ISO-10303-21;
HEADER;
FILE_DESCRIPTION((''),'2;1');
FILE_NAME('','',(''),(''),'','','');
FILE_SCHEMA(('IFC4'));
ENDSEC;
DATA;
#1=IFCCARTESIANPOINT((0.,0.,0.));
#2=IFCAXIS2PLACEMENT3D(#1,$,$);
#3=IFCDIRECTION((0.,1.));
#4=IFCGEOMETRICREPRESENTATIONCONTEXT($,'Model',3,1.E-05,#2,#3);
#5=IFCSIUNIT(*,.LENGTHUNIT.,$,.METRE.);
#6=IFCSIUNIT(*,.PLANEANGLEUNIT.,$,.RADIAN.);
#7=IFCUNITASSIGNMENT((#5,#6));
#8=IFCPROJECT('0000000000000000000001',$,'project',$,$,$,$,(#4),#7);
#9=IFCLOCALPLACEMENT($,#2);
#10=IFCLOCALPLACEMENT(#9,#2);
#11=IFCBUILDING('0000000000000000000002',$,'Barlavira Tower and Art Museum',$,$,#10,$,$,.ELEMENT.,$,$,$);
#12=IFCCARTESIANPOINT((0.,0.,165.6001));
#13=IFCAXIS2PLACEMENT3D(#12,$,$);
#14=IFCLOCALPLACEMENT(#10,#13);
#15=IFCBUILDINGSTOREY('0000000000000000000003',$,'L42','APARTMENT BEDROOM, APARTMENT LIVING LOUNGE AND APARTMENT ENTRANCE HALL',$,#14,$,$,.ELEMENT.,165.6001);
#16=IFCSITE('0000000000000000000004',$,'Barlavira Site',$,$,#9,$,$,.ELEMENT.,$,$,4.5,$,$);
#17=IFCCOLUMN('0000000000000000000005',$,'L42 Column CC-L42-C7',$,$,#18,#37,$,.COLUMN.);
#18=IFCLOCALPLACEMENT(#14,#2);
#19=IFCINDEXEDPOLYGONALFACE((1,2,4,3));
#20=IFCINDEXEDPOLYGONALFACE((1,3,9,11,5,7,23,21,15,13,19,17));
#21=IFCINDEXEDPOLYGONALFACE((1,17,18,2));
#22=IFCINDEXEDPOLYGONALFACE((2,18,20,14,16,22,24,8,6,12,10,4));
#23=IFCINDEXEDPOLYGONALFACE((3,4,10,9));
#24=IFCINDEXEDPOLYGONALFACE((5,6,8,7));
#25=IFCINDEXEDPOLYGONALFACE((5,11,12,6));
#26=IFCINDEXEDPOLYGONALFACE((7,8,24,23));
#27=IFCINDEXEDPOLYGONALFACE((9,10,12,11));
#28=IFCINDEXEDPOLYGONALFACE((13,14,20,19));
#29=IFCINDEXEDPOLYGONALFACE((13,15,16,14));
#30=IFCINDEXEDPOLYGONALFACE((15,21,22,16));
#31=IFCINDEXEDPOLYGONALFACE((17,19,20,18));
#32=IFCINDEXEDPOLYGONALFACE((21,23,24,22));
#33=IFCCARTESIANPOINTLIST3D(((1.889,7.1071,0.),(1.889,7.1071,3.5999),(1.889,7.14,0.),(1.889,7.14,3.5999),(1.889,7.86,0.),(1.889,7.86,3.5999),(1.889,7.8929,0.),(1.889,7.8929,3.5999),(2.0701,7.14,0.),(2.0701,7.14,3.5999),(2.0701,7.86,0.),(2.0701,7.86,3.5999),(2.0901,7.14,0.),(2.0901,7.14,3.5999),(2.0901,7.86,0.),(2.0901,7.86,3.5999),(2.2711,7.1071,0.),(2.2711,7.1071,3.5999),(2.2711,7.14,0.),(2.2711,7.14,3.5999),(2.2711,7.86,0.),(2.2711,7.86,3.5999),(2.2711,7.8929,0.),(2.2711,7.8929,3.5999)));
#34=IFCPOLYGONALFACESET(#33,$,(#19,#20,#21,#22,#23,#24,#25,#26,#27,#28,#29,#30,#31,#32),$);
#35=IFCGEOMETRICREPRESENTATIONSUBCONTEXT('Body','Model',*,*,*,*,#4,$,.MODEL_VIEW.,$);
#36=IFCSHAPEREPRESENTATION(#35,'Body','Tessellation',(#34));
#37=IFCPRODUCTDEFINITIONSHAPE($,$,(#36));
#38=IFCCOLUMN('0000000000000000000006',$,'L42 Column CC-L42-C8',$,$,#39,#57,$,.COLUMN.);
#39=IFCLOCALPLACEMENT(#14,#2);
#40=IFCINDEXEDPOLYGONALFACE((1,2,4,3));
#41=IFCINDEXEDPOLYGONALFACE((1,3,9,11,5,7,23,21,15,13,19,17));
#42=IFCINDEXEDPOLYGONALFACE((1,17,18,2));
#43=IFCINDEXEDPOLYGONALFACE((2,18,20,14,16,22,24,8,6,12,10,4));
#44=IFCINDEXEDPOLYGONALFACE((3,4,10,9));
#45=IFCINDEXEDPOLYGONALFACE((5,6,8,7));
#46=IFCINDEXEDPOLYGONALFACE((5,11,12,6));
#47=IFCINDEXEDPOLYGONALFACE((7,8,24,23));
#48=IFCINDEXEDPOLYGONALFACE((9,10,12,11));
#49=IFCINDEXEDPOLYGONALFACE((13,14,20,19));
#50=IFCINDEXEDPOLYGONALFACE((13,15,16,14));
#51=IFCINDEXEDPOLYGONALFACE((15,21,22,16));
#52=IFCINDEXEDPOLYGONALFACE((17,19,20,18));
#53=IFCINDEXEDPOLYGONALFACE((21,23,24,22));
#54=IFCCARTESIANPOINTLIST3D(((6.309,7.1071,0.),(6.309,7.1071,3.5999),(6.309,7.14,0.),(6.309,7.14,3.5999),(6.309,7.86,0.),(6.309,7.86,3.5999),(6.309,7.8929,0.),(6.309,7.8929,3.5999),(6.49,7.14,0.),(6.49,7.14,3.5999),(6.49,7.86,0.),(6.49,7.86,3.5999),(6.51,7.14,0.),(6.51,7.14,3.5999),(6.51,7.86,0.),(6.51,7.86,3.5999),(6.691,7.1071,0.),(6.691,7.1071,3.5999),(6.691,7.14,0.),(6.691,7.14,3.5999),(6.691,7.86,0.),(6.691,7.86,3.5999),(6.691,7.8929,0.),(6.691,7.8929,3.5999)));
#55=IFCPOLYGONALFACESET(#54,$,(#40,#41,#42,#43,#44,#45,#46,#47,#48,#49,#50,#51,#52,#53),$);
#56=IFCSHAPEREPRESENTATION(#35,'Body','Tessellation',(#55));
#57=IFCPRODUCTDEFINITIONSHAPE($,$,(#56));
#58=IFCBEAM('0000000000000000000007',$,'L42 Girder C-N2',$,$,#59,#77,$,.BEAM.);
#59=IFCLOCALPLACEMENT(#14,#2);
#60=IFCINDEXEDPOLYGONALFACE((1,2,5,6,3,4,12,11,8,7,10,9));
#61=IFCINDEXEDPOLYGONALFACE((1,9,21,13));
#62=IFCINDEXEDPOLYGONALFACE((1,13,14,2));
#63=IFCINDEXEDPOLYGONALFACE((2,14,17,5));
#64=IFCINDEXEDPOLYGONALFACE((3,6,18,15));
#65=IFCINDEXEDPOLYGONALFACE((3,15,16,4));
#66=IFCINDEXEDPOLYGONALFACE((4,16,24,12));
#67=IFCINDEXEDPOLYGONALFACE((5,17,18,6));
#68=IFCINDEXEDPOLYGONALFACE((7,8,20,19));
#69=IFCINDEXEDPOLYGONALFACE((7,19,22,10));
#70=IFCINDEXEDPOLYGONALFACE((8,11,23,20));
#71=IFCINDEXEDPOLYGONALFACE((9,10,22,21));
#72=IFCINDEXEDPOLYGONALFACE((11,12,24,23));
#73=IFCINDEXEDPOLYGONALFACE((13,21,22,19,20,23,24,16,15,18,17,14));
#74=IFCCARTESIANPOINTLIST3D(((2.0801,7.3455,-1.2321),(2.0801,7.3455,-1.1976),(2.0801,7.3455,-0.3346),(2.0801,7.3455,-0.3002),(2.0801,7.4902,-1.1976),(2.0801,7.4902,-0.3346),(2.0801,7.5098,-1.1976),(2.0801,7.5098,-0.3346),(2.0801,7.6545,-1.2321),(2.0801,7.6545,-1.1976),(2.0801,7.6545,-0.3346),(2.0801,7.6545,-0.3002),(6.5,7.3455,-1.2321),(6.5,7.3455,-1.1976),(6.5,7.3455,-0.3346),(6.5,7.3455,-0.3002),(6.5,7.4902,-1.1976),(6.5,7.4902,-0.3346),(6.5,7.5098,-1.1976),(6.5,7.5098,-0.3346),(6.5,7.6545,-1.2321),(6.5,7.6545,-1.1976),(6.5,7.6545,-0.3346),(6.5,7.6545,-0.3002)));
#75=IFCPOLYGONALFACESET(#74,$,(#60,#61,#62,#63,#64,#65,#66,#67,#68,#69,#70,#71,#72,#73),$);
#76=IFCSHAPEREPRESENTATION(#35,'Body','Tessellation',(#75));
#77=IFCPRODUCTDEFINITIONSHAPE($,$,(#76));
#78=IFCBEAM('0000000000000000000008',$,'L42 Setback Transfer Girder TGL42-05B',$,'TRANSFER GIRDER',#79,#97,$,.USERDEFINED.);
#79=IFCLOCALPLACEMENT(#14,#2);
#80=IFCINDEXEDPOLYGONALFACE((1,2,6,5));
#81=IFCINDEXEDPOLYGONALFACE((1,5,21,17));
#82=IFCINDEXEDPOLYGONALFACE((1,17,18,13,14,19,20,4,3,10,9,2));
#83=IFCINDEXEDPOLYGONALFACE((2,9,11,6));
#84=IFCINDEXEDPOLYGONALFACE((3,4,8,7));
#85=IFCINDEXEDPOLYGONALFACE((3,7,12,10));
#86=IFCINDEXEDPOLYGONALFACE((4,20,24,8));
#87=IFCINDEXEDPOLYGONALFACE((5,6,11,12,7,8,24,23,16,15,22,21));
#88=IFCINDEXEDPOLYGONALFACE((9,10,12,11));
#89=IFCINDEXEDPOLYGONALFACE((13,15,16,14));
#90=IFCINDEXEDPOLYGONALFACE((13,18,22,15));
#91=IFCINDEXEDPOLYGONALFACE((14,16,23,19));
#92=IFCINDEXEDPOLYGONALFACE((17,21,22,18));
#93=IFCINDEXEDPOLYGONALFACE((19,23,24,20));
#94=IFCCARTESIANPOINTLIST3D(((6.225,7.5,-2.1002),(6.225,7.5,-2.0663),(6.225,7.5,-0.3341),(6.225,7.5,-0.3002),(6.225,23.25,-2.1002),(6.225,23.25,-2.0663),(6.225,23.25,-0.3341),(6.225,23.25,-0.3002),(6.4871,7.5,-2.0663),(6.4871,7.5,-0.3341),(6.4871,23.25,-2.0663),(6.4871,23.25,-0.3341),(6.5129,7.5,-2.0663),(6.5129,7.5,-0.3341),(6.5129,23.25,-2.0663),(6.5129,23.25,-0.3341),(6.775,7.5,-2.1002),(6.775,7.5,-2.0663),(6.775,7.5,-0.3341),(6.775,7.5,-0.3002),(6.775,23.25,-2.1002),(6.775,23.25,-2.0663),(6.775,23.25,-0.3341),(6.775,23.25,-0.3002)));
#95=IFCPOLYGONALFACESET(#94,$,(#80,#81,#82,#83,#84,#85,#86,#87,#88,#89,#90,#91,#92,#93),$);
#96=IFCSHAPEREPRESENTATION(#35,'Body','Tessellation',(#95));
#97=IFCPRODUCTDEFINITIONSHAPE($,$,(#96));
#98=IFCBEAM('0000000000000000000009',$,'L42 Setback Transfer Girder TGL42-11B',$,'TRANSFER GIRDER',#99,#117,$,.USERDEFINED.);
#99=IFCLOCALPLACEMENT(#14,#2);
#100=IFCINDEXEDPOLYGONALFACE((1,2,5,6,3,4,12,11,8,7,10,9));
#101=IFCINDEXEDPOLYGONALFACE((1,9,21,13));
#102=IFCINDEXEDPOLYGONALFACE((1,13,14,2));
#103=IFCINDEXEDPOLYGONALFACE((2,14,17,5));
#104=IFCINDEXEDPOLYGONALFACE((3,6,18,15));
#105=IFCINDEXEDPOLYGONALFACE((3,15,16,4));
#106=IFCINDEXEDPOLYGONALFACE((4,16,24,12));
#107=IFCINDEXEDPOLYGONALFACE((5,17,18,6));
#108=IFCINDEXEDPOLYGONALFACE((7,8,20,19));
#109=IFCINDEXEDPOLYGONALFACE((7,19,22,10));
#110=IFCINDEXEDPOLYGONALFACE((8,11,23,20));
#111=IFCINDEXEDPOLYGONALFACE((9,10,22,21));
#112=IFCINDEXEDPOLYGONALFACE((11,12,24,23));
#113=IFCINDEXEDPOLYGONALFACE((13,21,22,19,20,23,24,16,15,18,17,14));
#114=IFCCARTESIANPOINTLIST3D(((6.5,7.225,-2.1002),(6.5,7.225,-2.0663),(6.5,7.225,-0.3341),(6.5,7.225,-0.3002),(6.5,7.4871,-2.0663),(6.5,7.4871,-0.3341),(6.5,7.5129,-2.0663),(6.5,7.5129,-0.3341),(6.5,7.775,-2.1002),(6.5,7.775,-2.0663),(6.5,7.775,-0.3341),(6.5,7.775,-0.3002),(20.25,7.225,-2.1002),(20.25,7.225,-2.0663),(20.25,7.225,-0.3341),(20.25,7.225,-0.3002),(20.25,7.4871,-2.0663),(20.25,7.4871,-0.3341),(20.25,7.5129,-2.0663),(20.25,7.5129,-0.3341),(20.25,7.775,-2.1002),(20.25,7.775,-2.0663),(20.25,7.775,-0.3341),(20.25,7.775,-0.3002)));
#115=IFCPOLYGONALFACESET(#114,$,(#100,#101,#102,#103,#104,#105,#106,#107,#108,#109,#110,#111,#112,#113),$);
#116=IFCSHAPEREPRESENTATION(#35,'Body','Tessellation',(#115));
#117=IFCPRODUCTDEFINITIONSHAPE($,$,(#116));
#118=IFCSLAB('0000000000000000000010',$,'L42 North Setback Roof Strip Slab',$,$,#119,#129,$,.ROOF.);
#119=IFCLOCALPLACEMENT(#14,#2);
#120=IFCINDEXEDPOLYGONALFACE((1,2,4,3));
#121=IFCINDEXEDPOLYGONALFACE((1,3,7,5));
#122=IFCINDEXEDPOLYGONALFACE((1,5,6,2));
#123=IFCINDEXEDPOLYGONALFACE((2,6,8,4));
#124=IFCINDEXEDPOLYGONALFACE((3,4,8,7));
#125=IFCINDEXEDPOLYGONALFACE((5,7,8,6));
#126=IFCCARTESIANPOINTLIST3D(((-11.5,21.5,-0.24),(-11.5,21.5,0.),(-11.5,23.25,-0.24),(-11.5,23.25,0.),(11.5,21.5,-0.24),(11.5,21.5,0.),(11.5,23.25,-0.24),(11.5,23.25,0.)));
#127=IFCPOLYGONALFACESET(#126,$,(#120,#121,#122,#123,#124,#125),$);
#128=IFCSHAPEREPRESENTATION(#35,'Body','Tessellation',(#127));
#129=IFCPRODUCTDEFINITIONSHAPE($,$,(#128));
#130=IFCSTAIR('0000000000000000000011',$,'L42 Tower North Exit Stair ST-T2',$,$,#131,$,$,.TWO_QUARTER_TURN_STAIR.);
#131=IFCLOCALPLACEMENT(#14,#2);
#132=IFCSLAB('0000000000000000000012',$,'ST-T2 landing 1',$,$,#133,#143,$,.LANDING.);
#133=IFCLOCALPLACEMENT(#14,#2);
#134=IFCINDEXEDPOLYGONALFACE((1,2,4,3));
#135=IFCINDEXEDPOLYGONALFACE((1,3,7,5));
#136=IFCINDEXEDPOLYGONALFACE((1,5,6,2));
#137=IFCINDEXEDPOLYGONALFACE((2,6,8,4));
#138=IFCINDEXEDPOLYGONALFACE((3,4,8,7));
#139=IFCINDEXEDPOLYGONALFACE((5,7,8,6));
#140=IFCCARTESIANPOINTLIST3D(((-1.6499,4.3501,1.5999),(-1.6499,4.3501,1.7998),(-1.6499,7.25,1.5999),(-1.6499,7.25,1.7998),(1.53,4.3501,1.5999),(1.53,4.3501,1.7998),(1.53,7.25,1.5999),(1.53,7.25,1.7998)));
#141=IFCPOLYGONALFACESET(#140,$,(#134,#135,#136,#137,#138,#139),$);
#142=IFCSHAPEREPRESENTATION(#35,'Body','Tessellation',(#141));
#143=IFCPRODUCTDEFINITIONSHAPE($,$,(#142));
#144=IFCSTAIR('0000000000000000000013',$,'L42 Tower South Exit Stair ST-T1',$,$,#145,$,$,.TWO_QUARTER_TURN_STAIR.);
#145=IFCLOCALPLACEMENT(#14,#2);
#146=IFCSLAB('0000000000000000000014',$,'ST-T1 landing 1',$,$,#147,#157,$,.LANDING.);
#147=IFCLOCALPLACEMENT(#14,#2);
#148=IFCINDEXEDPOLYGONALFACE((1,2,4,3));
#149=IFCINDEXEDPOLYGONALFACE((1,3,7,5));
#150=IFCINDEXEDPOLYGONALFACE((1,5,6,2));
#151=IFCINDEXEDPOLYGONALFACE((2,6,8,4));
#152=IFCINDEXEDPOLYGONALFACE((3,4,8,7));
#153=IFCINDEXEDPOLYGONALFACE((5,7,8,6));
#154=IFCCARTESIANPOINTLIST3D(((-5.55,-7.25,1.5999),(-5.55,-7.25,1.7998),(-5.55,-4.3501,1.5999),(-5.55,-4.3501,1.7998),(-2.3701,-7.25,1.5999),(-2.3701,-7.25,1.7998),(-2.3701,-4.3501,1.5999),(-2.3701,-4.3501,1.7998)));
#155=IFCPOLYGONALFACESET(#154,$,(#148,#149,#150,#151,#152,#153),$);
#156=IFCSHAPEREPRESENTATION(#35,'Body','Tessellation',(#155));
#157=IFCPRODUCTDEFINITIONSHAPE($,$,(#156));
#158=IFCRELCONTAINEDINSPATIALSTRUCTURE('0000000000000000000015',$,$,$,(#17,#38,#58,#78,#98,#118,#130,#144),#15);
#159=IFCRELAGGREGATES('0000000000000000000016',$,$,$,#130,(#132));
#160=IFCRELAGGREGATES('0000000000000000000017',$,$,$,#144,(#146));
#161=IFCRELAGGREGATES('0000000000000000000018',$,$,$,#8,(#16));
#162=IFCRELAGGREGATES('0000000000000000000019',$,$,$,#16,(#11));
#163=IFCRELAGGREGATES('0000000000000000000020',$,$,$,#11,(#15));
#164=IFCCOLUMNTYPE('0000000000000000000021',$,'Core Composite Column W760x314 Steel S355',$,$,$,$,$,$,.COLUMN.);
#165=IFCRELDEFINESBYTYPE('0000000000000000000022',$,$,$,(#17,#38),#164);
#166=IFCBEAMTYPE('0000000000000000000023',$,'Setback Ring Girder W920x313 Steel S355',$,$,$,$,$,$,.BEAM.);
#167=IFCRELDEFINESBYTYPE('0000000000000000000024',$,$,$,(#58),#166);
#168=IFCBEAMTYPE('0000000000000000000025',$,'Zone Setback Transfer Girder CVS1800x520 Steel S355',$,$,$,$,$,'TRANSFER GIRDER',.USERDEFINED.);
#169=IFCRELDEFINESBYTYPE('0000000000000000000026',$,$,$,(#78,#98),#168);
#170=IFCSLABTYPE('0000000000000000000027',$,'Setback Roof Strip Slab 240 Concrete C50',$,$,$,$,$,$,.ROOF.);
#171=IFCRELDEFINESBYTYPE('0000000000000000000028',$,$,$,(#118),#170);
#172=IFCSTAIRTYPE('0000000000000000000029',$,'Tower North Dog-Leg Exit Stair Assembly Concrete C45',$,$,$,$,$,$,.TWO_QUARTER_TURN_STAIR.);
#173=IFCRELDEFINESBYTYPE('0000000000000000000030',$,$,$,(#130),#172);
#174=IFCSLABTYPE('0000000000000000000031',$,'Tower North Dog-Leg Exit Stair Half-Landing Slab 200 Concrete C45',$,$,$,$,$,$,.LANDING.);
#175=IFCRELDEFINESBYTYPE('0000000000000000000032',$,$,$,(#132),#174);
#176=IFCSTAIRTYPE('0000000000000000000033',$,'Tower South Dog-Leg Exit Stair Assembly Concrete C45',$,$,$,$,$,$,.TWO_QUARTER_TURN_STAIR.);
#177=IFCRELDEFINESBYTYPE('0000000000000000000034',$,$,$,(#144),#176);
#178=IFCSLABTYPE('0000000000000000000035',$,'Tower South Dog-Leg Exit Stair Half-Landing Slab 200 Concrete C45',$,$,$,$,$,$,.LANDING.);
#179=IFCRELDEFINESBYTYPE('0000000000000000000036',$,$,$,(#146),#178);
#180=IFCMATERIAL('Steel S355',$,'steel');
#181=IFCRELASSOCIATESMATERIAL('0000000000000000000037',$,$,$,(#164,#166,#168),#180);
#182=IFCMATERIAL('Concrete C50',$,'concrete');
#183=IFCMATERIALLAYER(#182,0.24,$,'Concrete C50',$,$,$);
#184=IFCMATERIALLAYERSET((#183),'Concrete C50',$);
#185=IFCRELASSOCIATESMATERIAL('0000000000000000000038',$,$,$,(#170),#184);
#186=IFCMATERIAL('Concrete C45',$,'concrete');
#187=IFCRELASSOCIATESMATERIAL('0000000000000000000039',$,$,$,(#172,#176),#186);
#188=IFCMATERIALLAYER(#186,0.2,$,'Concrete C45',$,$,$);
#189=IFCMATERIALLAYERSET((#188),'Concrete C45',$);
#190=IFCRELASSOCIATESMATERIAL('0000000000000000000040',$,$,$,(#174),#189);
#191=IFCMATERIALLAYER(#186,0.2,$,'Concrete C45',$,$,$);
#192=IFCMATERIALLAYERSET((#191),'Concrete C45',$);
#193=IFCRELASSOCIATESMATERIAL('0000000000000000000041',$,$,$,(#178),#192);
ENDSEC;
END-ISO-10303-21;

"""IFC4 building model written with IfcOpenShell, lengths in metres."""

from ifc_helpers import new_model, si_unit, direction, frame, origin, origin_2d, place, context, subcontext, project, spatial, polyline, i_section, outline, extrude, material, layer, layer_set, material_profile, profile_set, type_object, element, aggregate, save


model = new_model("IFC4")

# Units and contexts
model_context = context("Model", 3, precision=1e-05, world=origin(), true_north=direction((0.0, 1.0)))
body_context = subcontext(model_context, "Body", "Model", "MODEL_VIEW")
ifc_project = project(units=[si_unit("LENGTHUNIT", "METRE"), si_unit("PLANEANGLEUNIT", "RADIAN")], contexts=[model_context])

# Site, building, storey
site_placement = place(None, origin())
site = spatial("IfcSite", under=ifc_project, at=site_placement, Name="Barlavira Site", CompositionType="ELEMENT", RefElevation=4.5)
building_placement = place(site_placement, origin())
building = spatial("IfcBuilding", under=site, at=building_placement, Name="Barlavira Tower and Art Museum", CompositionType="ELEMENT")
storey_placement = place(building_placement, frame((0.0, 0.0, 165.6001)))
storey = spatial("IfcBuildingStorey", under=building, at=storey_placement, Name="L42", Description="APARTMENT BEDROOM, APARTMENT LIVING LOUNGE AND APARTMENT ENTRANCE HALL", CompositionType="ELEMENT", Elevation=165.6001)

# Columns
ifc_material_1 = material(Name="Steel S355", Category="steel")
ifc_material_profile_1 = material_profile(ifc_material_1, i_section(OverallWidth=0.3821, OverallDepth=0.7859, WebThickness=0.02, FlangeThickness=0.033, at=origin_2d()), Name="W760x314.0")
ifc_profile_set_1 = profile_set([ifc_material_profile_1], Name="Steel S355")
column_type = type_object("IfcColumnType", Name="Core Composite Column W760x314 Steel S355", PredefinedType="COLUMN", material=ifc_profile_set_1)
for number, where, z_axis, x_axis, name in (
    (1, (2.0801, 7.5, 0.0), (0.0, 0.0, 1.0), (1.0, 0.0, 0.0), "L42 Column CC-L42-C7"),
    (2, (6.5, 7.5, 0.0), (0.0, 0.0, 1.0), (1.0, 0.0, 0.0), "L42 Column CC-L42-C8"),
):
    element("IfcColumn", number, at=place(storey_placement, frame(where, z_axis=z_axis, x_axis=x_axis)), inside=storey, type_object=column_type, Name=name, PredefinedType="COLUMN", context=body_context, shape_type="SweptSolid", body=[
        extrude(i_section(OverallWidth=0.3821, OverallDepth=0.7859, WebThickness=0.02, FlangeThickness=0.033, at=origin_2d()), origin(), (0.0, 0.0, 1.0), 3.5999),
    ])

# Beams
ifc_material_profile_2 = material_profile(ifc_material_1, i_section(OverallWidth=0.3091, OverallDepth=0.9319, WebThickness=0.0195, FlangeThickness=0.0344, at=origin_2d()), Name="W920x313.0")
ifc_profile_set_2 = profile_set([ifc_material_profile_2], Name="Steel S355")
beam_type_1 = type_object("IfcBeamType", Name="Setback Ring Girder W920x313 Steel S355", PredefinedType="BEAM", material=ifc_profile_set_2)
beam_1_placement = place(storey_placement, frame((2.0801, 7.5, -0.7661), z_axis=(1.0, 0.0, 0.0), x_axis=(0.0, 1.0, 0.0)))
element("IfcBeam", 3, at=beam_1_placement, inside=storey, type_object=beam_type_1, Name="L42 Girder C-N2", PredefinedType="BEAM", context=body_context, shape_type="SweptSolid", body=[
    extrude(i_section(OverallWidth=0.3091, OverallDepth=0.9319, WebThickness=0.0195, FlangeThickness=0.0344, at=origin_2d()), origin(), (0.0, 0.0, 1.0), 4.4199),
])
ifc_material_profile_3 = material_profile(ifc_material_1, i_section(OverallWidth=0.55, OverallDepth=1.8, WebThickness=0.0259, FlangeThickness=0.0339, at=origin_2d()), Name="CVS1800x520")
ifc_profile_set_3 = profile_set([ifc_material_profile_3], Name="Steel S355")
beam_type_2 = type_object("IfcBeamType", Name="Zone Setback Transfer Girder CVS1800x520 Steel S355", ElementType="TRANSFER GIRDER", PredefinedType="USERDEFINED", material=ifc_profile_set_3)
beam_2_placement = place(storey_placement, frame((6.5, 7.5, -1.2002), z_axis=(0.0, 1.0, 0.0), x_axis=(-1.0, 0.0, 0.0)))
element("IfcBeam", 4, at=beam_2_placement, inside=storey, type_object=beam_type_2, Name="L42 Setback Transfer Girder TGL42-05B", ObjectType="TRANSFER GIRDER", PredefinedType="USERDEFINED", context=body_context, shape_type="SweptSolid", body=[
    extrude(i_section(OverallWidth=0.55, OverallDepth=1.8, WebThickness=0.0259, FlangeThickness=0.0339, at=origin_2d()), origin(), (0.0, 0.0, 1.0), 15.75),
])
beam_3_placement = place(storey_placement, frame((6.5, 7.5, -1.2002), z_axis=(1.0, 0.0, 0.0), x_axis=(0.0, 1.0, 0.0)))
element("IfcBeam", 5, at=beam_3_placement, inside=storey, type_object=beam_type_2, Name="L42 Setback Transfer Girder TGL42-11B", ObjectType="TRANSFER GIRDER", PredefinedType="USERDEFINED", context=body_context, shape_type="SweptSolid", body=[
    extrude(i_section(OverallWidth=0.55, OverallDepth=1.8, WebThickness=0.0259, FlangeThickness=0.0339, at=origin_2d()), origin(), (0.0, 0.0, 1.0), 13.75),
])

# Slab
ifc_material_2 = material(Name="Concrete C50", Category="concrete")
ifc_layer_1 = layer(ifc_material_2, 0.24, Name="Concrete C50")
ifc_layer_set_1 = layer_set([ifc_layer_1], Name="Concrete C50")
slab_type_1 = type_object("IfcSlabType", Name="Setback Roof Strip Slab 240 Concrete C50", PredefinedType="ROOF", material=ifc_layer_set_1)
slab_1_placement = place(storey_placement, frame((0.0, 0.0, -0.24)))
element("IfcSlab", 6, at=slab_1_placement, inside=storey, type_object=slab_type_1, Name="L42 North Setback Roof Strip Slab", PredefinedType="ROOF", context=body_context, shape_type="SweptSolid", body=[
    extrude(outline(polyline([(-11.5, 21.5), (11.5, 21.5), (11.5, 23.25), (-11.5, 23.25), (-11.5, 21.5)])), origin(), (0.0, 0.0, 1.0), 0.24),
])

# Stairs, slabs
ifc_material_3 = material(Name="Concrete C45", Category="concrete")
stair_type_1 = type_object("IfcStairType", Name="Tower North Dog-Leg Exit Stair Assembly Concrete C45", PredefinedType="TWO_QUARTER_TURN_STAIR", material=ifc_material_3)
stair_1_placement = place(storey_placement, origin())
stair_1 = element("IfcStair", 7, at=stair_1_placement, inside=storey, type_object=stair_type_1, Name="L42 Tower North Exit Stair ST-T2", PredefinedType="TWO_QUARTER_TURN_STAIR")
ifc_layer_2 = layer(ifc_material_3, 0.2, Name="Concrete C45")
ifc_layer_set_2 = layer_set([ifc_layer_2], Name="Concrete C45")
slab_type_2 = type_object("IfcSlabType", Name="Tower North Dog-Leg Exit Stair Half-Landing Slab 200 Concrete C45", PredefinedType="LANDING", material=ifc_layer_set_2)
slab_2_placement = place(storey_placement, frame((0.0, 0.0, 1.5999)))
slab_2 = element("IfcSlab", 8, at=slab_2_placement, type_object=slab_type_2, Name="ST-T2 landing 1", PredefinedType="LANDING", context=body_context, shape_type="SweptSolid", body=[
    extrude(outline(polyline([(-1.6499, 4.3501), (1.53, 4.3501), (1.53, 7.25), (-1.6499, 7.25), (-1.6499, 4.3501)])), origin(), (0.0, 0.0, 1.0), 0.2),
])
aggregate(stair_1, [slab_2])
stair_type_2 = type_object("IfcStairType", Name="Tower South Dog-Leg Exit Stair Assembly Concrete C45", PredefinedType="TWO_QUARTER_TURN_STAIR", material=ifc_material_3)
stair_2_placement = place(storey_placement, origin())
stair_2 = element("IfcStair", 9, at=stair_2_placement, inside=storey, type_object=stair_type_2, Name="L42 Tower South Exit Stair ST-T1", PredefinedType="TWO_QUARTER_TURN_STAIR")
ifc_layer_3 = layer(ifc_material_3, 0.2, Name="Concrete C45")
ifc_layer_set_3 = layer_set([ifc_layer_3], Name="Concrete C45")
slab_type_3 = type_object("IfcSlabType", Name="Tower South Dog-Leg Exit Stair Half-Landing Slab 200 Concrete C45", PredefinedType="LANDING", material=ifc_layer_set_3)
slab_3_placement = place(storey_placement, frame((0.0, 0.0, 1.5999)))
slab_3 = element("IfcSlab", 10, at=slab_3_placement, type_object=slab_type_3, Name="ST-T1 landing 1", PredefinedType="LANDING", context=body_context, shape_type="SweptSolid", body=[
    extrude(outline(polyline([(-2.3701, -4.3501), (-5.55, -4.3501), (-5.55, -7.25), (-2.3701, -7.25), (-2.3701, -4.3501)])), origin(), (0.0, 0.0, 1.0), 0.2),
])
aggregate(stair_2, [slab_3])

save(model, "model.ifc")
